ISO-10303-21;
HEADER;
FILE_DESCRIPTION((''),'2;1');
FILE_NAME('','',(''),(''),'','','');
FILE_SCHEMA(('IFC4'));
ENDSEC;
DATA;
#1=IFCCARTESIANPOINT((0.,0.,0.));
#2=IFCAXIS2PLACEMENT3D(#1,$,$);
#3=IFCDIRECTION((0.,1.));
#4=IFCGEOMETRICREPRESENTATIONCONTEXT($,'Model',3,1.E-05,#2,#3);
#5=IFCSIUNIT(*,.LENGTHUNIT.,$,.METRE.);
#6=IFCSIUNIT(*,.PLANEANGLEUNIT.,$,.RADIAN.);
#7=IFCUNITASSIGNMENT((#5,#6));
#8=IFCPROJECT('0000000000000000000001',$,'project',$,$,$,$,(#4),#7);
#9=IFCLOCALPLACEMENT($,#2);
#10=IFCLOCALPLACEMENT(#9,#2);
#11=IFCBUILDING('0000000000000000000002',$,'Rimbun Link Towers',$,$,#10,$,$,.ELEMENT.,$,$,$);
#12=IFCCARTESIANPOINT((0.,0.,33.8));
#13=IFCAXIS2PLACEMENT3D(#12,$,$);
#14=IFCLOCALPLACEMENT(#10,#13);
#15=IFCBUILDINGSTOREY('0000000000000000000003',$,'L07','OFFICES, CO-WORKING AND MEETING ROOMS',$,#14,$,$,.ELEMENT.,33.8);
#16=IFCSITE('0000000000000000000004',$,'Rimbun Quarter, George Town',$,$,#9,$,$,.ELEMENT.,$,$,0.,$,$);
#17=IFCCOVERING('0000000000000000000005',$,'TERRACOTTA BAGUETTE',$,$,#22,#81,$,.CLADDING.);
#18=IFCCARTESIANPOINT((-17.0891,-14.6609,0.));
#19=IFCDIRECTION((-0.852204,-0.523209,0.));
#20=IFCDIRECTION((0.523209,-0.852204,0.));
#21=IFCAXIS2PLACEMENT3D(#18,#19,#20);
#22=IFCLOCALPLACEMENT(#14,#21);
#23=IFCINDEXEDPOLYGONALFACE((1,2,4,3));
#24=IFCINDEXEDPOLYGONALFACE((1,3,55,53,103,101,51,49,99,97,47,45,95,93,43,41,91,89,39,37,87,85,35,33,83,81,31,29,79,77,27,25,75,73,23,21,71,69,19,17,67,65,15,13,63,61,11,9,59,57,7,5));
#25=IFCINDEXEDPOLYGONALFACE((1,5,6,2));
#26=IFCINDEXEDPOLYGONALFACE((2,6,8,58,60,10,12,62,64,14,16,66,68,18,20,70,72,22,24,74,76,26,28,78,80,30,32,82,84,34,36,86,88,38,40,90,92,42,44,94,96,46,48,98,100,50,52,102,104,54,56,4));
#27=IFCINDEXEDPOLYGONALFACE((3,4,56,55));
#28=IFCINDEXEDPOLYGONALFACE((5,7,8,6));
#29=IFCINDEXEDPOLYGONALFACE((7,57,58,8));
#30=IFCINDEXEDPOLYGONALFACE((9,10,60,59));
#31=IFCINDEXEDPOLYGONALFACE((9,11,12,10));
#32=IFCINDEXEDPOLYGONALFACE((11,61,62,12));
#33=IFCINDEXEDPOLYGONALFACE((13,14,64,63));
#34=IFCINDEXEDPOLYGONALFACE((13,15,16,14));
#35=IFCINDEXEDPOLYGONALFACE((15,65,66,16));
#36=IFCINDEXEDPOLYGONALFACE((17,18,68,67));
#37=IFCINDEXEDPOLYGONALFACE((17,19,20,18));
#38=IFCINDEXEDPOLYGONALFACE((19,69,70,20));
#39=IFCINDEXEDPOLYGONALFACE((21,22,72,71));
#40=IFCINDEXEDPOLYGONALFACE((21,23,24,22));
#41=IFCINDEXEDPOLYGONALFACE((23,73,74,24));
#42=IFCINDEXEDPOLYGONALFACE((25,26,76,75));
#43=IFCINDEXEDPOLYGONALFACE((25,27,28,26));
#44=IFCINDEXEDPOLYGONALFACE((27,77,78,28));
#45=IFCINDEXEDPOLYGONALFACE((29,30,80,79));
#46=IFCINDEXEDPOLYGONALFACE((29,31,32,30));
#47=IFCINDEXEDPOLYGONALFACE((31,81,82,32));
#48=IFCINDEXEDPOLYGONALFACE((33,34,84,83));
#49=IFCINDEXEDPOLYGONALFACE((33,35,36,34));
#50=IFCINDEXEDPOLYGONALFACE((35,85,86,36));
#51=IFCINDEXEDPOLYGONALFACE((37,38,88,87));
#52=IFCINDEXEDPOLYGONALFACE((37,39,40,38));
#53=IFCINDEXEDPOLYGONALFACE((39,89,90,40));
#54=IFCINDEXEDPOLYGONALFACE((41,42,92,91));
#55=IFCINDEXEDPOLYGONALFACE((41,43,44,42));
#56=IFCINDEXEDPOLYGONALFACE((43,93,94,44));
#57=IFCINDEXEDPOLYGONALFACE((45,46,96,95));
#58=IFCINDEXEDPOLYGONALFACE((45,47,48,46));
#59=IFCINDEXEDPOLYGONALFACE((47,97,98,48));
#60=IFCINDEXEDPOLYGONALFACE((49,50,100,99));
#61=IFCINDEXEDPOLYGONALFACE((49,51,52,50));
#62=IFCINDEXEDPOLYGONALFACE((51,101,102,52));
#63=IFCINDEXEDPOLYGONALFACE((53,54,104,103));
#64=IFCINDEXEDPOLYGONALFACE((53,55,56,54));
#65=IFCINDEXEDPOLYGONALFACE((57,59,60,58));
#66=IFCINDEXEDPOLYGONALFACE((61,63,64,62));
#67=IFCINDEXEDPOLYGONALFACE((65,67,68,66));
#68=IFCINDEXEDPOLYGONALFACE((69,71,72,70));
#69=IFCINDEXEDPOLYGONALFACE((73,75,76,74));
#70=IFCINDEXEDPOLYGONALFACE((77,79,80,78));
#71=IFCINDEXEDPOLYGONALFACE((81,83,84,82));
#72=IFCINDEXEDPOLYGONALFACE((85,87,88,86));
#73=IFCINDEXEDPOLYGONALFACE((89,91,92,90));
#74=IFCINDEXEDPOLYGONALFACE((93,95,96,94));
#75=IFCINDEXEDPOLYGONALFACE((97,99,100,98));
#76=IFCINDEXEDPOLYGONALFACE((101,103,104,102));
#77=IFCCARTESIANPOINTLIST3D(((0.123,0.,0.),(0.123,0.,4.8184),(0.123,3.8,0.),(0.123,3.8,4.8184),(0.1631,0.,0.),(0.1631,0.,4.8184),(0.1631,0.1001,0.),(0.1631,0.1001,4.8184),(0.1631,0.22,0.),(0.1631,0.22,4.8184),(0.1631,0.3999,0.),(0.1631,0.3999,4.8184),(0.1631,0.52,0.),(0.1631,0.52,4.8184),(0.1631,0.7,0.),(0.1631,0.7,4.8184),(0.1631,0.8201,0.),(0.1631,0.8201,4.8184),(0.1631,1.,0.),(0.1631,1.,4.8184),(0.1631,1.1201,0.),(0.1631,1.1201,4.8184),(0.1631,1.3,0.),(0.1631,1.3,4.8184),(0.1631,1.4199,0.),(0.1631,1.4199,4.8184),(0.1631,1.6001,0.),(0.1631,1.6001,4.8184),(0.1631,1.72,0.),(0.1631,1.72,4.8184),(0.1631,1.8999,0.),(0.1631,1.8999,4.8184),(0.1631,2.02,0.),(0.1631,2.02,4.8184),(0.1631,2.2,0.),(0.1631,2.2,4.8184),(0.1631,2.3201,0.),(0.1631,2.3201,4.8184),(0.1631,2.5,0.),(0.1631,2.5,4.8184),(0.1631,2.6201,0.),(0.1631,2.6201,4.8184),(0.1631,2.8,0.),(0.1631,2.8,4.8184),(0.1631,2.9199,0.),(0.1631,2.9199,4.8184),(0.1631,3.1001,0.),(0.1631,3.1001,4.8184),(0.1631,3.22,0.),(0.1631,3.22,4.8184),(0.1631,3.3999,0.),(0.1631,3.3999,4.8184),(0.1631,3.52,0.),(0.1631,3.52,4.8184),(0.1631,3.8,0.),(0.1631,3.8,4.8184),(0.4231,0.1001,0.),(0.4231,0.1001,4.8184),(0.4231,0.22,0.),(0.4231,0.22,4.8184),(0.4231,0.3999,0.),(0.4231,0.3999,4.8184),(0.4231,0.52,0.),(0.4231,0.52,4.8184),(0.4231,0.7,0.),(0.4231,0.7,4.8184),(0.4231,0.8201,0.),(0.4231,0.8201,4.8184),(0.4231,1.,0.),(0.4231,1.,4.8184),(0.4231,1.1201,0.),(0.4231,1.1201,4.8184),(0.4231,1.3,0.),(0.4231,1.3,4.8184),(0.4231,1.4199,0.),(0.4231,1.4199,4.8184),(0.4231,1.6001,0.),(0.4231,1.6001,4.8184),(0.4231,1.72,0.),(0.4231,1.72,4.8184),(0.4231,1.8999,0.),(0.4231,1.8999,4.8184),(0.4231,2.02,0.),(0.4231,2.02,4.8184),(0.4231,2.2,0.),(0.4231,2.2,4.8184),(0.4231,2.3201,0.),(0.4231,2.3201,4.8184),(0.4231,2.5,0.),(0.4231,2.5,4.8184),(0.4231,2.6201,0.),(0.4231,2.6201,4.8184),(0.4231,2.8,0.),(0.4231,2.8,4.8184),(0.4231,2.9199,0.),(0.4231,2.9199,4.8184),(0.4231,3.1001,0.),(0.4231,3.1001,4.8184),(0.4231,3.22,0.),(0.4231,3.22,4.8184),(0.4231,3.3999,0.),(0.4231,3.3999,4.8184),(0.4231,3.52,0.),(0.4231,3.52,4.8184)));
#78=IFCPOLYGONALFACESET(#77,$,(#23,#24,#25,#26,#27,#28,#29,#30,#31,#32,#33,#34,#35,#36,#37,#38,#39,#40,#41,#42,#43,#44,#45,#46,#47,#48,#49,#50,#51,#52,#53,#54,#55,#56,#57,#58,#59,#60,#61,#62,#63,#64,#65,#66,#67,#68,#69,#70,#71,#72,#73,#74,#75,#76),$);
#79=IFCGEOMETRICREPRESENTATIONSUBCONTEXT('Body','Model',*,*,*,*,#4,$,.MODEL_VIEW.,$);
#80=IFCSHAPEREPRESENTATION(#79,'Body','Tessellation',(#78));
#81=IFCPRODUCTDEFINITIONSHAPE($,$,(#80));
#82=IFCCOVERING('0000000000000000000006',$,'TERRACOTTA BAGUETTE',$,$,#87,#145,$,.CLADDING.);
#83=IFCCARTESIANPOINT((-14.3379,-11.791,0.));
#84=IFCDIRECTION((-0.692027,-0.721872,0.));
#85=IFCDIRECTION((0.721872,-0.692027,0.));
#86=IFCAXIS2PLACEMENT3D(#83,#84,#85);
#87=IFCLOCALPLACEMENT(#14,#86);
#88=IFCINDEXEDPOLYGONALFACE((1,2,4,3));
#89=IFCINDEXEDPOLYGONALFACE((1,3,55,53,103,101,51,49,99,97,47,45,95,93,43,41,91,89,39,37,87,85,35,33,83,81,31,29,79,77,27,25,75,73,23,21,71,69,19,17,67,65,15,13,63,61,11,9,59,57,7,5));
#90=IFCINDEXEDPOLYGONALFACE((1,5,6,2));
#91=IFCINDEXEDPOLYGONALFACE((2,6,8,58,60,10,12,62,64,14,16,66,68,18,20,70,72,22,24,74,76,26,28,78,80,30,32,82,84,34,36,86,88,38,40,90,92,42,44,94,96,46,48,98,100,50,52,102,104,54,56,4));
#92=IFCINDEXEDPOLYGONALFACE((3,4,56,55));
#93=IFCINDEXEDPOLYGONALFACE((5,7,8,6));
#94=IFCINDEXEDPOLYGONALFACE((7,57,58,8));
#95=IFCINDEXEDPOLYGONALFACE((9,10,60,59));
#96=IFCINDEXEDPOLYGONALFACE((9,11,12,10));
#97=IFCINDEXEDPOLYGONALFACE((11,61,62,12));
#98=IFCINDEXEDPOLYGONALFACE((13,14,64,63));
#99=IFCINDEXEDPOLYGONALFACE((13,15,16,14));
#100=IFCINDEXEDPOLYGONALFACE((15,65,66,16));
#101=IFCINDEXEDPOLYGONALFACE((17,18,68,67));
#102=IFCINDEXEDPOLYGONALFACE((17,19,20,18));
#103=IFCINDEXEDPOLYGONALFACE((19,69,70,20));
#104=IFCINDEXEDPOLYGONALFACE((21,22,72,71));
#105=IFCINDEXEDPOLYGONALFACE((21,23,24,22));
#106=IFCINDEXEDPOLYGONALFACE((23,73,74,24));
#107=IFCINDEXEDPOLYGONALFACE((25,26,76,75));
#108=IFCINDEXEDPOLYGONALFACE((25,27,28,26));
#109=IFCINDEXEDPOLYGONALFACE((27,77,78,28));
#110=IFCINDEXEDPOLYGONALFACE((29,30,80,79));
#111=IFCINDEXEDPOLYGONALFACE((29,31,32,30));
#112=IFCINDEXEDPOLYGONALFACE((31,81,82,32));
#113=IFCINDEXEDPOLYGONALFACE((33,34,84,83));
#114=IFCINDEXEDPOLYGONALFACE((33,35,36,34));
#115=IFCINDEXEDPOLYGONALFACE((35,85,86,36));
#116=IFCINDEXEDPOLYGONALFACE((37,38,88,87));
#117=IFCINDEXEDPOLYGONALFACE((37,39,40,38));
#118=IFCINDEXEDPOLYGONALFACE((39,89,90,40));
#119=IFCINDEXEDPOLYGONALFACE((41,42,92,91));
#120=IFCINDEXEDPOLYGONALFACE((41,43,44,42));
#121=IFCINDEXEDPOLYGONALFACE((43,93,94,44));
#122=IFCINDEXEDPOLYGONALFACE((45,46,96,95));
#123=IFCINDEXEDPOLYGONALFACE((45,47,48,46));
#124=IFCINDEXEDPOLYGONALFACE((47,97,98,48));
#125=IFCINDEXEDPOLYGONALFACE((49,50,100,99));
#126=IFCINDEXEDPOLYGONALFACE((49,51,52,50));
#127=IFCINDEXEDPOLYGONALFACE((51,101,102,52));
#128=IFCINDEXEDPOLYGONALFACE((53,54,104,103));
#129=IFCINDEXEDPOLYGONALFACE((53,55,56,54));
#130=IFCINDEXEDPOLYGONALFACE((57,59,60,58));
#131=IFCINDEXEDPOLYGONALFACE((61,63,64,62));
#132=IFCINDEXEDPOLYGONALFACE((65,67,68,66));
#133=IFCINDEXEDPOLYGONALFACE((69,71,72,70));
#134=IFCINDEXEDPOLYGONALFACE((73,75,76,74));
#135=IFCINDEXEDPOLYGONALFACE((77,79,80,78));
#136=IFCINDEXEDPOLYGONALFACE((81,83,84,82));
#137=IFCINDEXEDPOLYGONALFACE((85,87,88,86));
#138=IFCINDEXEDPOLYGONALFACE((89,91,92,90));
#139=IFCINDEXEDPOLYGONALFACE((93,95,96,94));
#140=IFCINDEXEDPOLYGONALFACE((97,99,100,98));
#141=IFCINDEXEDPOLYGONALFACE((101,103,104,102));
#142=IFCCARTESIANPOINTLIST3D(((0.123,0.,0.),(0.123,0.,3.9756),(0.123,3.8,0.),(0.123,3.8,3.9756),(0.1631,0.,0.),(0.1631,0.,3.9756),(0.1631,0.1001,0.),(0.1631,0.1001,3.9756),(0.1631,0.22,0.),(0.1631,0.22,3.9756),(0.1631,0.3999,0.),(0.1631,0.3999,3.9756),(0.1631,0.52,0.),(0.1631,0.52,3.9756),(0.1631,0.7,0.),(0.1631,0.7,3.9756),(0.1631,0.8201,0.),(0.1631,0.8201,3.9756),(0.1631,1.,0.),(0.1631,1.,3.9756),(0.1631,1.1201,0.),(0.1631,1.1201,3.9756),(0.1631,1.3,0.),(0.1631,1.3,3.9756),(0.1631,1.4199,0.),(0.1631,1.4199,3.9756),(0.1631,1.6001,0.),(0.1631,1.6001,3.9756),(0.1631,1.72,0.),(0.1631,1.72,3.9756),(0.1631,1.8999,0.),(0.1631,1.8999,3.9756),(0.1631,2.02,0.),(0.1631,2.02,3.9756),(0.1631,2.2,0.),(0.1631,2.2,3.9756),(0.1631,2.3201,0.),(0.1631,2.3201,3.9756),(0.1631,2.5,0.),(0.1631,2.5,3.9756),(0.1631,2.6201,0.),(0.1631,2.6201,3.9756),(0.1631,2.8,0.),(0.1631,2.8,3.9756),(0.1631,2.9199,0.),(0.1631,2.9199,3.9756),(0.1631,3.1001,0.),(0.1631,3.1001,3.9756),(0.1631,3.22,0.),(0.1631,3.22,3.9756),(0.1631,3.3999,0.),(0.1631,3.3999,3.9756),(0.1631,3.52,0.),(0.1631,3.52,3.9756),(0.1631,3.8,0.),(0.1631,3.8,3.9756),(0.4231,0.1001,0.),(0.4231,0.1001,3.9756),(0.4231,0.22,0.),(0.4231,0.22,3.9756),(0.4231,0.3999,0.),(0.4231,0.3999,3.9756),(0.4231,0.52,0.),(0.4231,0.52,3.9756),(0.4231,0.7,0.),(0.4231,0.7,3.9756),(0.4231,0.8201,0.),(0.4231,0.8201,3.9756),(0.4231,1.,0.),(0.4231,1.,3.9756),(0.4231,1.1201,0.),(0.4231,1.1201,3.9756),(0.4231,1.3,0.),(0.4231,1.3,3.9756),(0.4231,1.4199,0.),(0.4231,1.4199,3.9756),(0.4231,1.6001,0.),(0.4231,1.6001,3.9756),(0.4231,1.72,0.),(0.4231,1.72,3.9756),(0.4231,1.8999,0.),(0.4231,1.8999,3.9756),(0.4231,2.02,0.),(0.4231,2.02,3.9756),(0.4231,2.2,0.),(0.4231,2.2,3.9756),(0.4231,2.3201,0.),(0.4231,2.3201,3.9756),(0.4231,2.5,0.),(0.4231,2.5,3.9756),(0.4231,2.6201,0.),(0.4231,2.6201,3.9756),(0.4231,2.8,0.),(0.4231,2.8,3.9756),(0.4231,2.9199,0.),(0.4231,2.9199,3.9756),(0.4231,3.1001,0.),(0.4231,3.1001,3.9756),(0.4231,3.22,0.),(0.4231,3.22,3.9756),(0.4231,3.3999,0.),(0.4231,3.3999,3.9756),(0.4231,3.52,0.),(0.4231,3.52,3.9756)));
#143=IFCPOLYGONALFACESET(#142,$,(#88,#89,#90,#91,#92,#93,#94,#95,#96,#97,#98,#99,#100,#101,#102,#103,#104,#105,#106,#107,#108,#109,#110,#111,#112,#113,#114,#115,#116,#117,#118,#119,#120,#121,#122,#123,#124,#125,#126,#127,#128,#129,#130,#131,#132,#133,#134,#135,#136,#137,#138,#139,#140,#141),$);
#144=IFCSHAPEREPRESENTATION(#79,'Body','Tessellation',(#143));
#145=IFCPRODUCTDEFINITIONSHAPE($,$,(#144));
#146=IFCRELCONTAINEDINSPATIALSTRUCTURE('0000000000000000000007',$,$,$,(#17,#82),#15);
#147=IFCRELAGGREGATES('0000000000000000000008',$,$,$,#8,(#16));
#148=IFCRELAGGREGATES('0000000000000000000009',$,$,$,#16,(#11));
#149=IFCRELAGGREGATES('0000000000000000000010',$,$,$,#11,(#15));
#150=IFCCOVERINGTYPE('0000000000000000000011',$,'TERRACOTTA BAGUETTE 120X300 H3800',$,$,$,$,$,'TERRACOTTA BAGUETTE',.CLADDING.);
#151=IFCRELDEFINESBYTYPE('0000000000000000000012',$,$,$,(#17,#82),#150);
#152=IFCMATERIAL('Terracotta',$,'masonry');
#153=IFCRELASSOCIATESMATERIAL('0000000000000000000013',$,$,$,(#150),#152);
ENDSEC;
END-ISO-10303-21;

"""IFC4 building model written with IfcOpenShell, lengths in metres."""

from ifc_helpers import new_model, si_unit, direction, frame, origin, place, context, subcontext, project, spatial, polyline, outline, extrude, material, material_profile, profile_set, type_object, element, save


model = new_model("IFC4")

# Units and contexts
model_context = context("Model", 3, precision=1e-05, world=origin(), true_north=direction((0.0, 1.0)))
body_context = subcontext(model_context, "Body", "Model", "MODEL_VIEW")
ifc_project = project(units=[si_unit("LENGTHUNIT", "METRE"), si_unit("PLANEANGLEUNIT", "RADIAN")], contexts=[model_context])

# Site, building, storey
site_placement = place(None, origin())
site = spatial("IfcSite", under=ifc_project, at=site_placement, Name="Rimbun Quarter, George Town", CompositionType="ELEMENT", RefElevation=0.0)
building_placement = place(site_placement, origin())
building = spatial("IfcBuilding", under=site, at=building_placement, Name="Rimbun Link Towers", CompositionType="ELEMENT")
storey_placement = place(building_placement, frame((0.0, 0.0, 33.8)))
storey = spatial("IfcBuildingStorey", under=building, at=storey_placement, Name="L07", Description="OFFICES, CO-WORKING AND MEETING ROOMS", CompositionType="ELEMENT", Elevation=33.8)

# Coverings
ifc_material_1 = material(Name="Terracotta", Category="masonry")
ifc_material_profile_1 = material_profile(ifc_material_1, outline(polyline([(0.123, 0.0), (0.1631, 0.0), (0.1631, 0.1001), (0.4231, 0.1001), (0.4231, 0.22), (0.1631, 0.22), (0.1631, 0.3999), (0.4231, 0.3999), (0.4231, 0.52), (0.1631, 0.52), (0.1631, 0.7), (0.4231, 0.7), (0.4231, 0.8201), (0.1631, 0.8201), (0.1631, 1.0), (0.4231, 1.0), (0.4231, 1.1201), (0.1631, 1.1201), (0.1631, 1.3), (0.4231, 1.3), (0.4231, 1.4199), (0.1631, 1.4199), (0.1631, 1.6001), (0.4231, 1.6001), (0.4231, 1.72), (0.1631, 1.72), (0.1631, 1.8999), (0.4231, 1.8999), (0.4231, 2.02), (0.1631, 2.02), (0.1631, 2.2), (0.4231, 2.2), (0.4231, 2.3201), (0.1631, 2.3201), (0.1631, 2.5), (0.4231, 2.5), (0.4231, 2.6201), (0.1631, 2.6201), (0.1631, 2.8), (0.4231, 2.8), (0.4231, 2.9199), (0.1631, 2.9199), (0.1631, 3.1001), (0.4231, 3.1001), (0.4231, 3.22), (0.1631, 3.22), (0.1631, 3.3999), (0.4231, 3.3999), (0.4231, 3.52), (0.1631, 3.52), (0.1631, 3.8), (0.123, 3.8), (0.123, 0.0)])), Name="BAGUETTE 120X300")
ifc_profile_set_1 = profile_set([ifc_material_profile_1], Name="Terracotta")
covering_type = type_object("IfcCoveringType", Name="TERRACOTTA BAGUETTE 120X300 H3800", ElementType="TERRACOTTA BAGUETTE", PredefinedType="CLADDING", material=ifc_profile_set_1)
covering_1_placement = place(storey_placement, frame((-17.0891, -14.6609, 0.0), z_axis=(-0.852204, -0.523209, 0.0), x_axis=(0.523209, -0.852204, 0.0)))
element("IfcCovering", 1, at=covering_1_placement, inside=storey, type_object=covering_type, Name="TERRACOTTA BAGUETTE", PredefinedType="CLADDING", context=body_context, shape_type="SweptSolid", body=[
    extrude(outline(polyline([(0.123, 0.0), (0.1631, 0.0), (0.1631, 0.1001), (0.4231, 0.1001), (0.4231, 0.22), (0.1631, 0.22), (0.1631, 0.3999), (0.4231, 0.3999), (0.4231, 0.52), (0.1631, 0.52), (0.1631, 0.7), (0.4231, 0.7), (0.4231, 0.8201), (0.1631, 0.8201), (0.1631, 1.0), (0.4231, 1.0), (0.4231, 1.1201), (0.1631, 1.1201), (0.1631, 1.3), (0.4231, 1.3), (0.4231, 1.4199), (0.1631, 1.4199), (0.1631, 1.6001), (0.4231, 1.6001), (0.4231, 1.72), (0.1631, 1.72), (0.1631, 1.8999), (0.4231, 1.8999), (0.4231, 2.02), (0.1631, 2.02), (0.1631, 2.2), (0.4231, 2.2), (0.4231, 2.3201), (0.1631, 2.3201), (0.1631, 2.5), (0.4231, 2.5), (0.4231, 2.6201), (0.1631, 2.6201), (0.1631, 2.8), (0.4231, 2.8), (0.4231, 2.9199), (0.1631, 2.9199), (0.1631, 3.1001), (0.4231, 3.1001), (0.4231, 3.22), (0.1631, 3.22), (0.1631, 3.3999), (0.4231, 3.3999), (0.4231, 3.52), (0.1631, 3.52), (0.1631, 3.8), (0.123, 3.8), (0.123, 0.0)])), origin(), (0.0, 0.0, 1.0), 4.8184),
])
covering_2_placement = place(storey_placement, frame((-14.3379, -11.791, 0.0), z_axis=(-0.692027, -0.721872, 0.0), x_axis=(0.721872, -0.692027, 0.0)))
element("IfcCovering", 2, at=covering_2_placement, inside=storey, type_object=covering_type, Name="TERRACOTTA BAGUETTE", PredefinedType="CLADDING", context=body_context, shape_type="SweptSolid", body=[
    extrude(outline(polyline([(0.123, 0.0), (0.1631, 0.0), (0.1631, 0.1001), (0.4231, 0.1001), (0.4231, 0.22), (0.1631, 0.22), (0.1631, 0.3999), (0.4231, 0.3999), (0.4231, 0.52), (0.1631, 0.52), (0.1631, 0.7), (0.4231, 0.7), (0.4231, 0.8201), (0.1631, 0.8201), (0.1631, 1.0), (0.4231, 1.0), (0.4231, 1.1201), (0.1631, 1.1201), (0.1631, 1.3), (0.4231, 1.3), (0.4231, 1.4199), (0.1631, 1.4199), (0.1631, 1.6001), (0.4231, 1.6001), (0.4231, 1.72), (0.1631, 1.72), (0.1631, 1.8999), (0.4231, 1.8999), (0.4231, 2.02), (0.1631, 2.02), (0.1631, 2.2), (0.4231, 2.2), (0.4231, 2.3201), (0.1631, 2.3201), (0.1631, 2.5), (0.4231, 2.5), (0.4231, 2.6201), (0.1631, 2.6201), (0.1631, 2.8), (0.4231, 2.8), (0.4231, 2.9199), (0.1631, 2.9199), (0.1631, 3.1001), (0.4231, 3.1001), (0.4231, 3.22), (0.1631, 3.22), (0.1631, 3.3999), (0.4231, 3.3999), (0.4231, 3.52), (0.1631, 3.52), (0.1631, 3.8), (0.123, 3.8), (0.123, 0.0)])), origin(), (0.0, 0.0, 1.0), 3.9756),
])

save(model, "model.ifc")
